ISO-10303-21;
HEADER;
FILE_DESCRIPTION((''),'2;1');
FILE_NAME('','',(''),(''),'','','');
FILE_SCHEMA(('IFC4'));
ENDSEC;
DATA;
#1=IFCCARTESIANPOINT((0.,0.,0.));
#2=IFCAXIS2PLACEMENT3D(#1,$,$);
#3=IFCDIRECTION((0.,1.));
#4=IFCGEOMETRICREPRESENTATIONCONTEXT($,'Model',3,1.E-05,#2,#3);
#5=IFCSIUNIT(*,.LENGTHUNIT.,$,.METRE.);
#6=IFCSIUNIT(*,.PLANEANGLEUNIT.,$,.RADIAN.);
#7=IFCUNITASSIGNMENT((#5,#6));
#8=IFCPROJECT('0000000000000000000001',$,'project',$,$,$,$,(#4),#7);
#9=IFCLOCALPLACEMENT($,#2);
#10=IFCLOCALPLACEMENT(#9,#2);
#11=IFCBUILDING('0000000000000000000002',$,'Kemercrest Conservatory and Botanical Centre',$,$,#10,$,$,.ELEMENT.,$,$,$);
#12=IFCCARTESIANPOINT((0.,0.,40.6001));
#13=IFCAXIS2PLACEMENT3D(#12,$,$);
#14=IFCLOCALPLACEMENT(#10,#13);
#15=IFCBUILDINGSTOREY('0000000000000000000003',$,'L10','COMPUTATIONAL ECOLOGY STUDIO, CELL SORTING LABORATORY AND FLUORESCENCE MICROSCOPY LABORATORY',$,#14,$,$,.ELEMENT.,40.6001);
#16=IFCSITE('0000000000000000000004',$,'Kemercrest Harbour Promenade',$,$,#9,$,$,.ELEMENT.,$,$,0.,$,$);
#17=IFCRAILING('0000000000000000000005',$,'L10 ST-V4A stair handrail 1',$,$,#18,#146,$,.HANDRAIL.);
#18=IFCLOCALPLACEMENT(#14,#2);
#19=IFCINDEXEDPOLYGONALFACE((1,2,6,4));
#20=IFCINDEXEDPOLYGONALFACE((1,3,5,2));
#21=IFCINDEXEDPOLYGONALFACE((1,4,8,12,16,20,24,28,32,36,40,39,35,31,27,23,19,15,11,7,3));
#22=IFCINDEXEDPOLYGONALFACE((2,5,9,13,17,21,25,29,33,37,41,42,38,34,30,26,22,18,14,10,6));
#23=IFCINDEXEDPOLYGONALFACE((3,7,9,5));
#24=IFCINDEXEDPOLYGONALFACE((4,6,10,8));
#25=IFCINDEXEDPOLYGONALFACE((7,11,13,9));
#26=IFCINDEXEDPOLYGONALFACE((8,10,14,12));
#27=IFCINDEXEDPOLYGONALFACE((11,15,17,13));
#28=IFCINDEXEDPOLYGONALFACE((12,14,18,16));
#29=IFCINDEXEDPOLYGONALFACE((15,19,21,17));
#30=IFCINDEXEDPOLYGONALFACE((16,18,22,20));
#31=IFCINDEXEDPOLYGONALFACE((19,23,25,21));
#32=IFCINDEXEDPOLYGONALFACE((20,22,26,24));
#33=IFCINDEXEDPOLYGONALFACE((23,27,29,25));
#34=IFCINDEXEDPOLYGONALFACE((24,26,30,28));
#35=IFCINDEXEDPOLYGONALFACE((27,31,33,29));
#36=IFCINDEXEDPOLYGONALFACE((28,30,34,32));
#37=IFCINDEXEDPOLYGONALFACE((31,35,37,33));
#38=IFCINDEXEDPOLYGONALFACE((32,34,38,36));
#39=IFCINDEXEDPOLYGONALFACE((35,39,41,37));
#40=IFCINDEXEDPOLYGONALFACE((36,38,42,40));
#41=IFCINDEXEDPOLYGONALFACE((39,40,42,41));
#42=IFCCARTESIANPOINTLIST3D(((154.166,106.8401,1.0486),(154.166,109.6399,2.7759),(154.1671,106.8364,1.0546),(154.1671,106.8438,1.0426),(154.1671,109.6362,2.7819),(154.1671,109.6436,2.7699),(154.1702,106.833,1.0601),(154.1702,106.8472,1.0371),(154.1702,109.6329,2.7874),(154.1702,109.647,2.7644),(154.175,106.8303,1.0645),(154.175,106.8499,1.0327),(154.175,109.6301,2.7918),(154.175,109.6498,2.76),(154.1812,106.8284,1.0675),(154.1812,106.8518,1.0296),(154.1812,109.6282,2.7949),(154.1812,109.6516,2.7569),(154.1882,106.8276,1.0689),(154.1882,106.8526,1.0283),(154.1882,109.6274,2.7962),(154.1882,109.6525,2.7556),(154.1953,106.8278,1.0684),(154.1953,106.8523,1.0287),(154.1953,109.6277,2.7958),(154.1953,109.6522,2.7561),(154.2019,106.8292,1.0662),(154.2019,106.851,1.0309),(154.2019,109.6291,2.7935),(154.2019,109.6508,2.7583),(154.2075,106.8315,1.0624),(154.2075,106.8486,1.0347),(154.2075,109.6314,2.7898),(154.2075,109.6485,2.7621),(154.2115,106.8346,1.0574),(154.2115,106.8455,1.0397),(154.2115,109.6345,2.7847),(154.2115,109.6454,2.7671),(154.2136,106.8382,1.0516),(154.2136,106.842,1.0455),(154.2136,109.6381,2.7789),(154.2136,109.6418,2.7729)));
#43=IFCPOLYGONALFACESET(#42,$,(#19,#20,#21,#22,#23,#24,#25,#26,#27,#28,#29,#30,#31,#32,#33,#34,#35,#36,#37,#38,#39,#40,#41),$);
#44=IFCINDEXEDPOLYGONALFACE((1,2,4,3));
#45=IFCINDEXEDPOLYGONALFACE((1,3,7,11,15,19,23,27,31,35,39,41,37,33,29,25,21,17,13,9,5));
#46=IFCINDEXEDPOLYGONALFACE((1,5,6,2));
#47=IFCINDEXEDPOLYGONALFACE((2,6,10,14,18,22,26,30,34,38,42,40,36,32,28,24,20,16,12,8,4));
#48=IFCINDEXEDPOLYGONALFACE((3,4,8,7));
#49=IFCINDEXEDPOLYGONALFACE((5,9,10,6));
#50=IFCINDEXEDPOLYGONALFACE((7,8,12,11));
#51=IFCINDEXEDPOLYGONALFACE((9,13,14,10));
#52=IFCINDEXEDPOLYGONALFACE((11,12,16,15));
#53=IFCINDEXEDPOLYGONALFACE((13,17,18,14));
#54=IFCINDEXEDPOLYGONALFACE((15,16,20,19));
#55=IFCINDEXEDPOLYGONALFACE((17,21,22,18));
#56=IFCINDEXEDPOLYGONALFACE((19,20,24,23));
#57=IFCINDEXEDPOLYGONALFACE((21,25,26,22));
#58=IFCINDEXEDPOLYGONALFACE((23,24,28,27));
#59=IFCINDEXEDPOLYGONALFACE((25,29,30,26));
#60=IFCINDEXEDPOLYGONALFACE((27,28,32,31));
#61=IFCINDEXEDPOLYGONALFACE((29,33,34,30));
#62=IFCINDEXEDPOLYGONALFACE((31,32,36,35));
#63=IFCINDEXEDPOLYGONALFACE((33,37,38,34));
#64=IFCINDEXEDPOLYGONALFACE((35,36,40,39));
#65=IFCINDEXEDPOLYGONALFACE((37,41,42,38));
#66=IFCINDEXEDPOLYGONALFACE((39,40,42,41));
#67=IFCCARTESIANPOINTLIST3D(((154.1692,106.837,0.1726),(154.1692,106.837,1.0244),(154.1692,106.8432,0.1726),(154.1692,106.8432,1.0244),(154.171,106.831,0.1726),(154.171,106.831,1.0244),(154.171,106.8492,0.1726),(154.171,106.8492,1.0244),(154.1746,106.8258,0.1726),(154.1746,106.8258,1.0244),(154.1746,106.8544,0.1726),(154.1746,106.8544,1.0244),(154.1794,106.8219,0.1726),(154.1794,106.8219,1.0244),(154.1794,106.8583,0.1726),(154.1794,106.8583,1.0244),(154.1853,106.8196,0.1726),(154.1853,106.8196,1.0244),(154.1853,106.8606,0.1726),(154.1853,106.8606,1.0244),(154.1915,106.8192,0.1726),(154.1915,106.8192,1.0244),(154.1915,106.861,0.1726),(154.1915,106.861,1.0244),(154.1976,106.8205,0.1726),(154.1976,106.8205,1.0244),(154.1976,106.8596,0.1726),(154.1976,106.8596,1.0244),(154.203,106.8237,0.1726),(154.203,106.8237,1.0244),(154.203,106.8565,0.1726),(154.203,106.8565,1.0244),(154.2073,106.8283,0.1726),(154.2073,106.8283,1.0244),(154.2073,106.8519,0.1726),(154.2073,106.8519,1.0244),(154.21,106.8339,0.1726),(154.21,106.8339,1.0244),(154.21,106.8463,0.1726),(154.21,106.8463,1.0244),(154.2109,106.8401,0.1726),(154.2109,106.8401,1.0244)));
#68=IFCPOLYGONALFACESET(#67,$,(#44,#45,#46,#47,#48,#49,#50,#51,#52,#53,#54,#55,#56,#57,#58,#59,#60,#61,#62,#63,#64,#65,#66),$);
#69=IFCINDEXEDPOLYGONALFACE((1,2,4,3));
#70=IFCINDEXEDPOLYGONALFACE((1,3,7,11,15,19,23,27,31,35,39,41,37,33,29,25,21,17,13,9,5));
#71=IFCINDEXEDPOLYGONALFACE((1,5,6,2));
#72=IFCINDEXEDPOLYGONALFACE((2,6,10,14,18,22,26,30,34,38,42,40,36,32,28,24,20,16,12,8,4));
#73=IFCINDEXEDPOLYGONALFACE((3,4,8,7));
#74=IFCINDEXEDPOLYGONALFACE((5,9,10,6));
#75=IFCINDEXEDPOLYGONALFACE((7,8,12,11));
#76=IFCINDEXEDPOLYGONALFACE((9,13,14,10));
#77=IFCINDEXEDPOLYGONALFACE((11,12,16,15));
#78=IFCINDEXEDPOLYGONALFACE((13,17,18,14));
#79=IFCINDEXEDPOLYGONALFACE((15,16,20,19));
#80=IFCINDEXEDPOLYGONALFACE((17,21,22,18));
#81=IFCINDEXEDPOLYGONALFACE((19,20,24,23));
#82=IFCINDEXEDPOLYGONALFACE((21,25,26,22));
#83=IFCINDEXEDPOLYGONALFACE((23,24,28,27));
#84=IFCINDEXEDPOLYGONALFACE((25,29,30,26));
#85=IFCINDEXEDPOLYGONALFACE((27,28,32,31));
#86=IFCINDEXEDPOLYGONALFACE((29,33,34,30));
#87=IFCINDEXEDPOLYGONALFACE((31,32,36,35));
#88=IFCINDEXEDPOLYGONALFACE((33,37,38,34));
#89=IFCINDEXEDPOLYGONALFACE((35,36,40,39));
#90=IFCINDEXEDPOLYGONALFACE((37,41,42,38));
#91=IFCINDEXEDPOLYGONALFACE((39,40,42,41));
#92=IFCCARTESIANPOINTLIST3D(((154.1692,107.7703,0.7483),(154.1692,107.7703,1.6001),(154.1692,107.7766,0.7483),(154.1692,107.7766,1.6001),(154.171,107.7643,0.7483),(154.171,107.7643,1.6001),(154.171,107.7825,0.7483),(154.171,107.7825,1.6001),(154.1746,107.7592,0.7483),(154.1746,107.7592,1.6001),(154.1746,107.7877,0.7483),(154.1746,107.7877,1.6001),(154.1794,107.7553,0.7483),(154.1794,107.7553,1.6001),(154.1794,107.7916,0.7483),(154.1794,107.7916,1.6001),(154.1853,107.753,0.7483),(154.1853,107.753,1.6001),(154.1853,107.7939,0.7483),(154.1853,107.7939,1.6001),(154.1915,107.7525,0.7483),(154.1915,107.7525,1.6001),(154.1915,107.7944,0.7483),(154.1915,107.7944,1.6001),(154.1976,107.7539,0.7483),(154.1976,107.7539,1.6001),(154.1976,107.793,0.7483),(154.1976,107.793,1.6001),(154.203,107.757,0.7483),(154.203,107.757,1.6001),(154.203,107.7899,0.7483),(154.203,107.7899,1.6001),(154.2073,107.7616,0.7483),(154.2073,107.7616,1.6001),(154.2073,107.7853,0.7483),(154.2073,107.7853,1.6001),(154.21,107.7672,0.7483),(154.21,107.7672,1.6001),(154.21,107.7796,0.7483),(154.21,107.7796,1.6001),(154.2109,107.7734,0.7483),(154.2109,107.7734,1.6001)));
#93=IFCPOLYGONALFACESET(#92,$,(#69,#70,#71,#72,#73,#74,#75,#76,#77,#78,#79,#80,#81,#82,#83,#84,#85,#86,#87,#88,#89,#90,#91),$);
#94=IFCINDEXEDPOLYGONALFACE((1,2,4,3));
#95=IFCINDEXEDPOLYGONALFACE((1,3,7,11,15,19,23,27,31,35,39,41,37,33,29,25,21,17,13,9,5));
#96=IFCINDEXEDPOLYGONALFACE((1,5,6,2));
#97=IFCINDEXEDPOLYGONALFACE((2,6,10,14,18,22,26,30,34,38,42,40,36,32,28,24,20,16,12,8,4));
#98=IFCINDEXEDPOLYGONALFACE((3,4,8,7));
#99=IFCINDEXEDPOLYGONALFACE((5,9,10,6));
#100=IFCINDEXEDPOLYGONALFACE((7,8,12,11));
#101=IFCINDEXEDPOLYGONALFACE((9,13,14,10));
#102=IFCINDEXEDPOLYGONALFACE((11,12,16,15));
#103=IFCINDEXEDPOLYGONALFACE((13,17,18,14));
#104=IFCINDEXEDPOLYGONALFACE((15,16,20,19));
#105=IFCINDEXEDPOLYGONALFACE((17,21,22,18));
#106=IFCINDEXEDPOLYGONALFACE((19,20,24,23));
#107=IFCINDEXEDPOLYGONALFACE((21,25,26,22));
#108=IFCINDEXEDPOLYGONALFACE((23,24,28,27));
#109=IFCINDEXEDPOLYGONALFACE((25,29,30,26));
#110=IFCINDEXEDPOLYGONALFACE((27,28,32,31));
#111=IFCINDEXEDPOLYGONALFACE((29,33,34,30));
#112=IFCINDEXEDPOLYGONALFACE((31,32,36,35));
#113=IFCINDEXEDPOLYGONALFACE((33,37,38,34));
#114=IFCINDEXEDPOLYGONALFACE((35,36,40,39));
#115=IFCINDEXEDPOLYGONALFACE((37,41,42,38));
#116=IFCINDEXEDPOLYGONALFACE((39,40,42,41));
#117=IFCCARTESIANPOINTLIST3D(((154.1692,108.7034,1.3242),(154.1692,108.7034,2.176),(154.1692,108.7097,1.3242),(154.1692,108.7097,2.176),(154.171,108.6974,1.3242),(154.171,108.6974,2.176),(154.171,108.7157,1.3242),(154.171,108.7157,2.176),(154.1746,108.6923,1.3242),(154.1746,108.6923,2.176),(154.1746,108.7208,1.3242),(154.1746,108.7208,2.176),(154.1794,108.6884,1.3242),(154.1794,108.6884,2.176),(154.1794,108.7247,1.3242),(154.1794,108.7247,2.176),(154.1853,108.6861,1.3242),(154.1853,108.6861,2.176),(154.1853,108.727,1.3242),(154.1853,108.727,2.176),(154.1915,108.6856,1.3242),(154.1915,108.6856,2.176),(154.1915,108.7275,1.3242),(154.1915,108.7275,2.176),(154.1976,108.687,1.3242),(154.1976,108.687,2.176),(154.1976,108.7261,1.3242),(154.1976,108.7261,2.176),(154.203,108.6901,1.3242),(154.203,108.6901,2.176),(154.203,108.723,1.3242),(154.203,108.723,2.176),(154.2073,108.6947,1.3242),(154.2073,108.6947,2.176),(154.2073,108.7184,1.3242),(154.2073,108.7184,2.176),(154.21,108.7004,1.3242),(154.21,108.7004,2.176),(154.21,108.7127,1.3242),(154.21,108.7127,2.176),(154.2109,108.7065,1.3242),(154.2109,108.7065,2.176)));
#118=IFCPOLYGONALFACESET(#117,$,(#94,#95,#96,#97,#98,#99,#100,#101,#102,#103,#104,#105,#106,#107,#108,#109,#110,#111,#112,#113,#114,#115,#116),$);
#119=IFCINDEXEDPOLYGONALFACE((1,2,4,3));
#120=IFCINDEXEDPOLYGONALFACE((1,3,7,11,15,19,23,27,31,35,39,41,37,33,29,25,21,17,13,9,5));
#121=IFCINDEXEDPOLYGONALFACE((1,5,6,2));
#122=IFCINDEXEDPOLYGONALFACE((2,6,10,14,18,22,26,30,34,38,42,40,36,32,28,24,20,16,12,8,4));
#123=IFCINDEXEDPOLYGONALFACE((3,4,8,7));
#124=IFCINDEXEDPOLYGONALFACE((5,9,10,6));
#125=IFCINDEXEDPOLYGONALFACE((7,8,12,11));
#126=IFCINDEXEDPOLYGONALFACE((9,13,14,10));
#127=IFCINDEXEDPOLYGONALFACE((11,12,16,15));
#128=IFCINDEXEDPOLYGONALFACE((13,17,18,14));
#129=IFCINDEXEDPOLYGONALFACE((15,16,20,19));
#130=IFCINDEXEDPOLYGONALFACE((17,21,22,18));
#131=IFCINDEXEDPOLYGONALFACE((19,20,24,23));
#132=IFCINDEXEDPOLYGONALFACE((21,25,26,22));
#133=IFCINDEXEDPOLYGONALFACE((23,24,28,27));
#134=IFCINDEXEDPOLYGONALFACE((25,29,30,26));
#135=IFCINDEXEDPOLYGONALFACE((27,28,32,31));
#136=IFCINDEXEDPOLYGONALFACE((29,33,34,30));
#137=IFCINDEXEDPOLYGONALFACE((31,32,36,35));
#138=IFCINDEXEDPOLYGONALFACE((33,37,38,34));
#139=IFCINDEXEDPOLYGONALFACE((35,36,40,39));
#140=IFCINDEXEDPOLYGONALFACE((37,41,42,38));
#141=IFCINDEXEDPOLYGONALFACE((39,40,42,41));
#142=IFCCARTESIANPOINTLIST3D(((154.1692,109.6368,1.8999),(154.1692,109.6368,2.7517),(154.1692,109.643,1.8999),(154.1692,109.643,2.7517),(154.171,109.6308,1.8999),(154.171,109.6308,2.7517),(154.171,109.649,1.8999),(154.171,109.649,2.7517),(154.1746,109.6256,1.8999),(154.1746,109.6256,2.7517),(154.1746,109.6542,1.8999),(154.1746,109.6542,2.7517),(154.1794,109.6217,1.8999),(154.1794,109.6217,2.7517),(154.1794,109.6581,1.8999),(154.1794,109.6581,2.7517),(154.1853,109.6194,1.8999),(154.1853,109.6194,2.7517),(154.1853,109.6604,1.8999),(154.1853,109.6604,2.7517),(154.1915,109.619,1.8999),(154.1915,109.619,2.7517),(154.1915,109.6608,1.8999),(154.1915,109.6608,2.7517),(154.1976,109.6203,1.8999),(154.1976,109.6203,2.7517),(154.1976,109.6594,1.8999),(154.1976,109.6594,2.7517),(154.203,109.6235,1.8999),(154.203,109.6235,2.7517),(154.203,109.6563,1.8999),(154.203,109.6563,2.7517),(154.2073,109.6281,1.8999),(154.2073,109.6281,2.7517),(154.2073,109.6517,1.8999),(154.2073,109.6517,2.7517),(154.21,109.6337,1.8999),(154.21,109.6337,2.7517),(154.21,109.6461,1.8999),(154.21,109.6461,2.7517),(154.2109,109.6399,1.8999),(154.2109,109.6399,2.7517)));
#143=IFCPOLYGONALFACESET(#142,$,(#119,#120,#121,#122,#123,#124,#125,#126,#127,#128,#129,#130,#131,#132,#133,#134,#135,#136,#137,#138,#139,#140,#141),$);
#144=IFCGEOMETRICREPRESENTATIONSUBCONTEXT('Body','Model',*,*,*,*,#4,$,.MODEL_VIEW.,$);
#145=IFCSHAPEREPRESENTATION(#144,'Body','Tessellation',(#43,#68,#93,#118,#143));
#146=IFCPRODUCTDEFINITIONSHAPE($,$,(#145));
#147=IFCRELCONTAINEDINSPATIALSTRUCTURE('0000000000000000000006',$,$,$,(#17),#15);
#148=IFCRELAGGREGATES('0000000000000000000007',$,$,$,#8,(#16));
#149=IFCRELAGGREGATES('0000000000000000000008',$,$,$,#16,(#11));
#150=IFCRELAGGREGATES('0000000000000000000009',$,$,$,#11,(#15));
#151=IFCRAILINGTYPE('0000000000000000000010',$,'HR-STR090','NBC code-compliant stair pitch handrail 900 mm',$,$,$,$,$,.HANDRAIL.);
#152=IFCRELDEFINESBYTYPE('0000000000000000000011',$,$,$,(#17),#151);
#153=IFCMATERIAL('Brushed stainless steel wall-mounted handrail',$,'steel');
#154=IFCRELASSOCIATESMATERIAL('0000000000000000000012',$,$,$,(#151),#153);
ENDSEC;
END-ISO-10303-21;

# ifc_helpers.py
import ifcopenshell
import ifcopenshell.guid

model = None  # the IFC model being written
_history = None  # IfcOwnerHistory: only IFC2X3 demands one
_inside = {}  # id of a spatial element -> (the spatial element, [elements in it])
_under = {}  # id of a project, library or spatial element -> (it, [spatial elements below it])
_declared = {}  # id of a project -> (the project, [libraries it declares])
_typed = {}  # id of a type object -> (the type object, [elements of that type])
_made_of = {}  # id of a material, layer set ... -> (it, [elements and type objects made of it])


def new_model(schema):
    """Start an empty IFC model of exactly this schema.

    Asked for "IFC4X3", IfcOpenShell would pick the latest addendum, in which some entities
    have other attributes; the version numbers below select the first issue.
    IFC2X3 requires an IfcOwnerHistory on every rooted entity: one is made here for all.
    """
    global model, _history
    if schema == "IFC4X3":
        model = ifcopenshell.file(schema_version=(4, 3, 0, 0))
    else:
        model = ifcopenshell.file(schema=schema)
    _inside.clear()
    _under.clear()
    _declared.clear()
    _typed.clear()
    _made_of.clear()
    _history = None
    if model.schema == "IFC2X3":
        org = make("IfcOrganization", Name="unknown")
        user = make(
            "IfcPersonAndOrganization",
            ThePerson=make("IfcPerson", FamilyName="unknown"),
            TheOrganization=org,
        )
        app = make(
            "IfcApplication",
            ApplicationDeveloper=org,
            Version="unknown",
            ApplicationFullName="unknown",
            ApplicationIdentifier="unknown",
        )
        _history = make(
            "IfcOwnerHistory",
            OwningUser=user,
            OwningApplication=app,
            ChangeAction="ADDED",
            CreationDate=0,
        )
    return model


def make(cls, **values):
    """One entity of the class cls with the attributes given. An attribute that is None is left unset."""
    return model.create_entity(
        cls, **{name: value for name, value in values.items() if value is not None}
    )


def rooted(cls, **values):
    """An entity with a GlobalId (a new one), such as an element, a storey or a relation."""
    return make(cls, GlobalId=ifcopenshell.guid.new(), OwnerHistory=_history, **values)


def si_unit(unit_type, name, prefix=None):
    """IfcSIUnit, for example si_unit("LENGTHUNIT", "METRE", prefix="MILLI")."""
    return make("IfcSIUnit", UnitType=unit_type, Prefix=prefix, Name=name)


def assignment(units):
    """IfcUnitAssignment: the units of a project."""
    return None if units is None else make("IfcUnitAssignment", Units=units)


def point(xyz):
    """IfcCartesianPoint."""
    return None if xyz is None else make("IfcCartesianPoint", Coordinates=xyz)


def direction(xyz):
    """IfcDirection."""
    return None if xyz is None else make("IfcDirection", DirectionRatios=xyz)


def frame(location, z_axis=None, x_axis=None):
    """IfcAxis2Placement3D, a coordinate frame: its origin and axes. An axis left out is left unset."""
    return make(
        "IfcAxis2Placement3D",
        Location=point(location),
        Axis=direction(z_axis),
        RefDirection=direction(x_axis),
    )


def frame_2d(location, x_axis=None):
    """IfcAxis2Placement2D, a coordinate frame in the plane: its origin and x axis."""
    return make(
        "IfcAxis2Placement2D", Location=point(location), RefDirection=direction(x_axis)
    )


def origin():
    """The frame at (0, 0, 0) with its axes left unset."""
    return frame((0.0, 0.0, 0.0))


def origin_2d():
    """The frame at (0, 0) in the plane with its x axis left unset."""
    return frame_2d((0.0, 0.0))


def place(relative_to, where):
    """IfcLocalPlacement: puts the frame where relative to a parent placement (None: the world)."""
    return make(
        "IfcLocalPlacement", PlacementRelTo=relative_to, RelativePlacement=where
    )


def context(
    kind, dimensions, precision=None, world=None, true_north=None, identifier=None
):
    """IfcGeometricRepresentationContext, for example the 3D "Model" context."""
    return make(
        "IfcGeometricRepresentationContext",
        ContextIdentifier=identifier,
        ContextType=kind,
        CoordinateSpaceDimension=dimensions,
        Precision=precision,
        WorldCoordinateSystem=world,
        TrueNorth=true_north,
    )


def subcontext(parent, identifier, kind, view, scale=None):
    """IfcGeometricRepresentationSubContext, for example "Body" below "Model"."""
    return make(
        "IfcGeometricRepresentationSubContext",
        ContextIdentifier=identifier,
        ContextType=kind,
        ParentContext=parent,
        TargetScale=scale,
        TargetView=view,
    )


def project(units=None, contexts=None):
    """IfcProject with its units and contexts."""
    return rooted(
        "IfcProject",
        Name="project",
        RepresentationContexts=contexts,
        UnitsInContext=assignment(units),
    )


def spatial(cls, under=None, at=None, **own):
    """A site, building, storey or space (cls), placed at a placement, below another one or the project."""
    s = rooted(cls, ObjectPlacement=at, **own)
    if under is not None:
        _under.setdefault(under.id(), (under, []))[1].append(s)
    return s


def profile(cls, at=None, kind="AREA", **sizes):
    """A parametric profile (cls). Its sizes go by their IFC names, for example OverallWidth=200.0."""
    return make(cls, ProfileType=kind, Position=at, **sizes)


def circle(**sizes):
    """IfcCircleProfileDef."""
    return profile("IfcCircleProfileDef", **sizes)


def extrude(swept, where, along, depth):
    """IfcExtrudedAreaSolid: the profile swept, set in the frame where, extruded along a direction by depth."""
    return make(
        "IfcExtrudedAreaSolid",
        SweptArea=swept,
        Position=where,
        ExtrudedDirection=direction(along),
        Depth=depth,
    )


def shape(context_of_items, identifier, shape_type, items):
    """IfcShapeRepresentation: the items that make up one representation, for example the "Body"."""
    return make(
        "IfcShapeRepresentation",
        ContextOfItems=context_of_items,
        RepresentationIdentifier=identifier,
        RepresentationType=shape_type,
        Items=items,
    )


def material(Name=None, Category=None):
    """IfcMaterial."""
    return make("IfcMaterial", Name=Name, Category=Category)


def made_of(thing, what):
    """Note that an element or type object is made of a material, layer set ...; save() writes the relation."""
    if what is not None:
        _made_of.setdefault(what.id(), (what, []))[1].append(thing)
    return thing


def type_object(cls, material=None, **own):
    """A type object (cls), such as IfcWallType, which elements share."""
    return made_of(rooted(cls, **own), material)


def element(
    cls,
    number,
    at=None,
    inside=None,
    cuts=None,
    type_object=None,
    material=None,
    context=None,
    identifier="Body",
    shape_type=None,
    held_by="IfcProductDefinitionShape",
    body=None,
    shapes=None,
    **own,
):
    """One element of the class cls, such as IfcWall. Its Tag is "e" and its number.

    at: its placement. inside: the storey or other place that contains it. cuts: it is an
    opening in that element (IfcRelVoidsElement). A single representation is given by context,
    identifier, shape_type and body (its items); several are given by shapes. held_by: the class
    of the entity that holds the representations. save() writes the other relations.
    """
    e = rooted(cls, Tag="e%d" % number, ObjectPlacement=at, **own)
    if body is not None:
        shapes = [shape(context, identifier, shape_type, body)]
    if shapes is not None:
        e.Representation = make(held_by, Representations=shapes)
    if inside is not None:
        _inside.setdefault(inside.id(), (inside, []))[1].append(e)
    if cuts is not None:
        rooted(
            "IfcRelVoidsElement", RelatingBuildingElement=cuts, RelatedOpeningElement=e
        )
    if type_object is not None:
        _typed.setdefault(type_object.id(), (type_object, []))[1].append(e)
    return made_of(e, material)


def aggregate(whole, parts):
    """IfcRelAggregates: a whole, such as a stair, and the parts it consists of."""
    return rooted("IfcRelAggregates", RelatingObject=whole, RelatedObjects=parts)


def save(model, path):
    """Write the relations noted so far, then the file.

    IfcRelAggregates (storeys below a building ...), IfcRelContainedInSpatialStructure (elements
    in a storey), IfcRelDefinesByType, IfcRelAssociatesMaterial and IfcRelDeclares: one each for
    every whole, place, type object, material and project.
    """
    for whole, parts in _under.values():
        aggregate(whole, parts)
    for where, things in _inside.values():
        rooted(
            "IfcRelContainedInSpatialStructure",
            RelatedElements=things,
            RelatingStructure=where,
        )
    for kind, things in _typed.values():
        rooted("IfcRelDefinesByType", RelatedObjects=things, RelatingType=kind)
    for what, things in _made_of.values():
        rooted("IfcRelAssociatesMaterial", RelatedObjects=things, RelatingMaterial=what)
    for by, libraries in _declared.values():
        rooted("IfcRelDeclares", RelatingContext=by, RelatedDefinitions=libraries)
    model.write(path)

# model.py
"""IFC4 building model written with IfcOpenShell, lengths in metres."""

from ifc_helpers import new_model, si_unit, direction, frame, origin, origin_2d, place, context, subcontext, project, spatial, circle, extrude, material, type_object, element, save


model = new_model("IFC4")

# Units and contexts
model_context = context("Model", 3, precision=1e-05, world=origin(), true_north=direction((0.0, 1.0)))
body_context = subcontext(model_context, "Body", "Model", "MODEL_VIEW")
ifc_project = project(units=[si_unit("LENGTHUNIT", "METRE"), si_unit("PLANEANGLEUNIT", "RADIAN")], contexts=[model_context])

# Site, building, storey
site_placement = place(None, origin())
site = spatial("IfcSite", under=ifc_project, at=site_placement, Name="Kemercrest Harbour Promenade", CompositionType="ELEMENT", RefElevation=0.0)
building_placement = place(site_placement, origin())
building = spatial("IfcBuilding", under=site, at=building_placement, Name="Kemercrest Conservatory and Botanical Centre", CompositionType="ELEMENT")
storey_placement = place(building_placement, frame((0.0, 0.0, 40.6001)))
storey = spatial("IfcBuildingStorey", under=building, at=storey_placement, Name="L10", Description="COMPUTATIONAL ECOLOGY STUDIO, CELL SORTING LABORATORY AND FLUORESCENCE MICROSCOPY LABORATORY", CompositionType="ELEMENT", Elevation=40.6001)

# Railing
ifc_material_1 = material(Name="Brushed stainless steel wall-mounted handrail", Category="steel")
railing_type_1 = type_object("IfcRailingType", Name="HR-STR090", Description="NBC code-compliant stair pitch handrail 900 mm", PredefinedType="HANDRAIL", material=ifc_material_1)
railing_1_placement = place(storey_placement, frame((154.1899, 106.8401, 0.1726)))
element("IfcRailing", 1, at=railing_1_placement, inside=storey, type_object=railing_type_1, Name="L10 ST-V4A stair handrail 1", PredefinedType="HANDRAIL", context=body_context, shape_type="SweptSolid", body=[
    extrude(circle(Radius=0.0239, at=origin_2d()), frame((0.0, 0.0, 0.876), z_axis=(0.0, 0.851069, 0.525054), x_axis=(-1.0, 0.0, 0.0)), (0.0, 0.0, 1.0), 3.2898),
    extrude(circle(Radius=0.021, at=origin_2d()), origin(), (0.0, 0.0, 1.0), 0.8518),
    extrude(circle(Radius=0.021, at=origin_2d()), frame((0.0, 0.9333, 0.5757)), (0.0, 0.0, 1.0), 0.8518),
    extrude(circle(Radius=0.021, at=origin_2d()), frame((0.0, 1.8665, 1.1516)), (0.0, 0.0, 1.0), 0.8518),
    extrude(circle(Radius=0.021, at=origin_2d()), frame((0.0, 2.7998, 1.7273)), (0.0, 0.0, 1.0), 0.8518),
])

save(model, "model.ifc")
